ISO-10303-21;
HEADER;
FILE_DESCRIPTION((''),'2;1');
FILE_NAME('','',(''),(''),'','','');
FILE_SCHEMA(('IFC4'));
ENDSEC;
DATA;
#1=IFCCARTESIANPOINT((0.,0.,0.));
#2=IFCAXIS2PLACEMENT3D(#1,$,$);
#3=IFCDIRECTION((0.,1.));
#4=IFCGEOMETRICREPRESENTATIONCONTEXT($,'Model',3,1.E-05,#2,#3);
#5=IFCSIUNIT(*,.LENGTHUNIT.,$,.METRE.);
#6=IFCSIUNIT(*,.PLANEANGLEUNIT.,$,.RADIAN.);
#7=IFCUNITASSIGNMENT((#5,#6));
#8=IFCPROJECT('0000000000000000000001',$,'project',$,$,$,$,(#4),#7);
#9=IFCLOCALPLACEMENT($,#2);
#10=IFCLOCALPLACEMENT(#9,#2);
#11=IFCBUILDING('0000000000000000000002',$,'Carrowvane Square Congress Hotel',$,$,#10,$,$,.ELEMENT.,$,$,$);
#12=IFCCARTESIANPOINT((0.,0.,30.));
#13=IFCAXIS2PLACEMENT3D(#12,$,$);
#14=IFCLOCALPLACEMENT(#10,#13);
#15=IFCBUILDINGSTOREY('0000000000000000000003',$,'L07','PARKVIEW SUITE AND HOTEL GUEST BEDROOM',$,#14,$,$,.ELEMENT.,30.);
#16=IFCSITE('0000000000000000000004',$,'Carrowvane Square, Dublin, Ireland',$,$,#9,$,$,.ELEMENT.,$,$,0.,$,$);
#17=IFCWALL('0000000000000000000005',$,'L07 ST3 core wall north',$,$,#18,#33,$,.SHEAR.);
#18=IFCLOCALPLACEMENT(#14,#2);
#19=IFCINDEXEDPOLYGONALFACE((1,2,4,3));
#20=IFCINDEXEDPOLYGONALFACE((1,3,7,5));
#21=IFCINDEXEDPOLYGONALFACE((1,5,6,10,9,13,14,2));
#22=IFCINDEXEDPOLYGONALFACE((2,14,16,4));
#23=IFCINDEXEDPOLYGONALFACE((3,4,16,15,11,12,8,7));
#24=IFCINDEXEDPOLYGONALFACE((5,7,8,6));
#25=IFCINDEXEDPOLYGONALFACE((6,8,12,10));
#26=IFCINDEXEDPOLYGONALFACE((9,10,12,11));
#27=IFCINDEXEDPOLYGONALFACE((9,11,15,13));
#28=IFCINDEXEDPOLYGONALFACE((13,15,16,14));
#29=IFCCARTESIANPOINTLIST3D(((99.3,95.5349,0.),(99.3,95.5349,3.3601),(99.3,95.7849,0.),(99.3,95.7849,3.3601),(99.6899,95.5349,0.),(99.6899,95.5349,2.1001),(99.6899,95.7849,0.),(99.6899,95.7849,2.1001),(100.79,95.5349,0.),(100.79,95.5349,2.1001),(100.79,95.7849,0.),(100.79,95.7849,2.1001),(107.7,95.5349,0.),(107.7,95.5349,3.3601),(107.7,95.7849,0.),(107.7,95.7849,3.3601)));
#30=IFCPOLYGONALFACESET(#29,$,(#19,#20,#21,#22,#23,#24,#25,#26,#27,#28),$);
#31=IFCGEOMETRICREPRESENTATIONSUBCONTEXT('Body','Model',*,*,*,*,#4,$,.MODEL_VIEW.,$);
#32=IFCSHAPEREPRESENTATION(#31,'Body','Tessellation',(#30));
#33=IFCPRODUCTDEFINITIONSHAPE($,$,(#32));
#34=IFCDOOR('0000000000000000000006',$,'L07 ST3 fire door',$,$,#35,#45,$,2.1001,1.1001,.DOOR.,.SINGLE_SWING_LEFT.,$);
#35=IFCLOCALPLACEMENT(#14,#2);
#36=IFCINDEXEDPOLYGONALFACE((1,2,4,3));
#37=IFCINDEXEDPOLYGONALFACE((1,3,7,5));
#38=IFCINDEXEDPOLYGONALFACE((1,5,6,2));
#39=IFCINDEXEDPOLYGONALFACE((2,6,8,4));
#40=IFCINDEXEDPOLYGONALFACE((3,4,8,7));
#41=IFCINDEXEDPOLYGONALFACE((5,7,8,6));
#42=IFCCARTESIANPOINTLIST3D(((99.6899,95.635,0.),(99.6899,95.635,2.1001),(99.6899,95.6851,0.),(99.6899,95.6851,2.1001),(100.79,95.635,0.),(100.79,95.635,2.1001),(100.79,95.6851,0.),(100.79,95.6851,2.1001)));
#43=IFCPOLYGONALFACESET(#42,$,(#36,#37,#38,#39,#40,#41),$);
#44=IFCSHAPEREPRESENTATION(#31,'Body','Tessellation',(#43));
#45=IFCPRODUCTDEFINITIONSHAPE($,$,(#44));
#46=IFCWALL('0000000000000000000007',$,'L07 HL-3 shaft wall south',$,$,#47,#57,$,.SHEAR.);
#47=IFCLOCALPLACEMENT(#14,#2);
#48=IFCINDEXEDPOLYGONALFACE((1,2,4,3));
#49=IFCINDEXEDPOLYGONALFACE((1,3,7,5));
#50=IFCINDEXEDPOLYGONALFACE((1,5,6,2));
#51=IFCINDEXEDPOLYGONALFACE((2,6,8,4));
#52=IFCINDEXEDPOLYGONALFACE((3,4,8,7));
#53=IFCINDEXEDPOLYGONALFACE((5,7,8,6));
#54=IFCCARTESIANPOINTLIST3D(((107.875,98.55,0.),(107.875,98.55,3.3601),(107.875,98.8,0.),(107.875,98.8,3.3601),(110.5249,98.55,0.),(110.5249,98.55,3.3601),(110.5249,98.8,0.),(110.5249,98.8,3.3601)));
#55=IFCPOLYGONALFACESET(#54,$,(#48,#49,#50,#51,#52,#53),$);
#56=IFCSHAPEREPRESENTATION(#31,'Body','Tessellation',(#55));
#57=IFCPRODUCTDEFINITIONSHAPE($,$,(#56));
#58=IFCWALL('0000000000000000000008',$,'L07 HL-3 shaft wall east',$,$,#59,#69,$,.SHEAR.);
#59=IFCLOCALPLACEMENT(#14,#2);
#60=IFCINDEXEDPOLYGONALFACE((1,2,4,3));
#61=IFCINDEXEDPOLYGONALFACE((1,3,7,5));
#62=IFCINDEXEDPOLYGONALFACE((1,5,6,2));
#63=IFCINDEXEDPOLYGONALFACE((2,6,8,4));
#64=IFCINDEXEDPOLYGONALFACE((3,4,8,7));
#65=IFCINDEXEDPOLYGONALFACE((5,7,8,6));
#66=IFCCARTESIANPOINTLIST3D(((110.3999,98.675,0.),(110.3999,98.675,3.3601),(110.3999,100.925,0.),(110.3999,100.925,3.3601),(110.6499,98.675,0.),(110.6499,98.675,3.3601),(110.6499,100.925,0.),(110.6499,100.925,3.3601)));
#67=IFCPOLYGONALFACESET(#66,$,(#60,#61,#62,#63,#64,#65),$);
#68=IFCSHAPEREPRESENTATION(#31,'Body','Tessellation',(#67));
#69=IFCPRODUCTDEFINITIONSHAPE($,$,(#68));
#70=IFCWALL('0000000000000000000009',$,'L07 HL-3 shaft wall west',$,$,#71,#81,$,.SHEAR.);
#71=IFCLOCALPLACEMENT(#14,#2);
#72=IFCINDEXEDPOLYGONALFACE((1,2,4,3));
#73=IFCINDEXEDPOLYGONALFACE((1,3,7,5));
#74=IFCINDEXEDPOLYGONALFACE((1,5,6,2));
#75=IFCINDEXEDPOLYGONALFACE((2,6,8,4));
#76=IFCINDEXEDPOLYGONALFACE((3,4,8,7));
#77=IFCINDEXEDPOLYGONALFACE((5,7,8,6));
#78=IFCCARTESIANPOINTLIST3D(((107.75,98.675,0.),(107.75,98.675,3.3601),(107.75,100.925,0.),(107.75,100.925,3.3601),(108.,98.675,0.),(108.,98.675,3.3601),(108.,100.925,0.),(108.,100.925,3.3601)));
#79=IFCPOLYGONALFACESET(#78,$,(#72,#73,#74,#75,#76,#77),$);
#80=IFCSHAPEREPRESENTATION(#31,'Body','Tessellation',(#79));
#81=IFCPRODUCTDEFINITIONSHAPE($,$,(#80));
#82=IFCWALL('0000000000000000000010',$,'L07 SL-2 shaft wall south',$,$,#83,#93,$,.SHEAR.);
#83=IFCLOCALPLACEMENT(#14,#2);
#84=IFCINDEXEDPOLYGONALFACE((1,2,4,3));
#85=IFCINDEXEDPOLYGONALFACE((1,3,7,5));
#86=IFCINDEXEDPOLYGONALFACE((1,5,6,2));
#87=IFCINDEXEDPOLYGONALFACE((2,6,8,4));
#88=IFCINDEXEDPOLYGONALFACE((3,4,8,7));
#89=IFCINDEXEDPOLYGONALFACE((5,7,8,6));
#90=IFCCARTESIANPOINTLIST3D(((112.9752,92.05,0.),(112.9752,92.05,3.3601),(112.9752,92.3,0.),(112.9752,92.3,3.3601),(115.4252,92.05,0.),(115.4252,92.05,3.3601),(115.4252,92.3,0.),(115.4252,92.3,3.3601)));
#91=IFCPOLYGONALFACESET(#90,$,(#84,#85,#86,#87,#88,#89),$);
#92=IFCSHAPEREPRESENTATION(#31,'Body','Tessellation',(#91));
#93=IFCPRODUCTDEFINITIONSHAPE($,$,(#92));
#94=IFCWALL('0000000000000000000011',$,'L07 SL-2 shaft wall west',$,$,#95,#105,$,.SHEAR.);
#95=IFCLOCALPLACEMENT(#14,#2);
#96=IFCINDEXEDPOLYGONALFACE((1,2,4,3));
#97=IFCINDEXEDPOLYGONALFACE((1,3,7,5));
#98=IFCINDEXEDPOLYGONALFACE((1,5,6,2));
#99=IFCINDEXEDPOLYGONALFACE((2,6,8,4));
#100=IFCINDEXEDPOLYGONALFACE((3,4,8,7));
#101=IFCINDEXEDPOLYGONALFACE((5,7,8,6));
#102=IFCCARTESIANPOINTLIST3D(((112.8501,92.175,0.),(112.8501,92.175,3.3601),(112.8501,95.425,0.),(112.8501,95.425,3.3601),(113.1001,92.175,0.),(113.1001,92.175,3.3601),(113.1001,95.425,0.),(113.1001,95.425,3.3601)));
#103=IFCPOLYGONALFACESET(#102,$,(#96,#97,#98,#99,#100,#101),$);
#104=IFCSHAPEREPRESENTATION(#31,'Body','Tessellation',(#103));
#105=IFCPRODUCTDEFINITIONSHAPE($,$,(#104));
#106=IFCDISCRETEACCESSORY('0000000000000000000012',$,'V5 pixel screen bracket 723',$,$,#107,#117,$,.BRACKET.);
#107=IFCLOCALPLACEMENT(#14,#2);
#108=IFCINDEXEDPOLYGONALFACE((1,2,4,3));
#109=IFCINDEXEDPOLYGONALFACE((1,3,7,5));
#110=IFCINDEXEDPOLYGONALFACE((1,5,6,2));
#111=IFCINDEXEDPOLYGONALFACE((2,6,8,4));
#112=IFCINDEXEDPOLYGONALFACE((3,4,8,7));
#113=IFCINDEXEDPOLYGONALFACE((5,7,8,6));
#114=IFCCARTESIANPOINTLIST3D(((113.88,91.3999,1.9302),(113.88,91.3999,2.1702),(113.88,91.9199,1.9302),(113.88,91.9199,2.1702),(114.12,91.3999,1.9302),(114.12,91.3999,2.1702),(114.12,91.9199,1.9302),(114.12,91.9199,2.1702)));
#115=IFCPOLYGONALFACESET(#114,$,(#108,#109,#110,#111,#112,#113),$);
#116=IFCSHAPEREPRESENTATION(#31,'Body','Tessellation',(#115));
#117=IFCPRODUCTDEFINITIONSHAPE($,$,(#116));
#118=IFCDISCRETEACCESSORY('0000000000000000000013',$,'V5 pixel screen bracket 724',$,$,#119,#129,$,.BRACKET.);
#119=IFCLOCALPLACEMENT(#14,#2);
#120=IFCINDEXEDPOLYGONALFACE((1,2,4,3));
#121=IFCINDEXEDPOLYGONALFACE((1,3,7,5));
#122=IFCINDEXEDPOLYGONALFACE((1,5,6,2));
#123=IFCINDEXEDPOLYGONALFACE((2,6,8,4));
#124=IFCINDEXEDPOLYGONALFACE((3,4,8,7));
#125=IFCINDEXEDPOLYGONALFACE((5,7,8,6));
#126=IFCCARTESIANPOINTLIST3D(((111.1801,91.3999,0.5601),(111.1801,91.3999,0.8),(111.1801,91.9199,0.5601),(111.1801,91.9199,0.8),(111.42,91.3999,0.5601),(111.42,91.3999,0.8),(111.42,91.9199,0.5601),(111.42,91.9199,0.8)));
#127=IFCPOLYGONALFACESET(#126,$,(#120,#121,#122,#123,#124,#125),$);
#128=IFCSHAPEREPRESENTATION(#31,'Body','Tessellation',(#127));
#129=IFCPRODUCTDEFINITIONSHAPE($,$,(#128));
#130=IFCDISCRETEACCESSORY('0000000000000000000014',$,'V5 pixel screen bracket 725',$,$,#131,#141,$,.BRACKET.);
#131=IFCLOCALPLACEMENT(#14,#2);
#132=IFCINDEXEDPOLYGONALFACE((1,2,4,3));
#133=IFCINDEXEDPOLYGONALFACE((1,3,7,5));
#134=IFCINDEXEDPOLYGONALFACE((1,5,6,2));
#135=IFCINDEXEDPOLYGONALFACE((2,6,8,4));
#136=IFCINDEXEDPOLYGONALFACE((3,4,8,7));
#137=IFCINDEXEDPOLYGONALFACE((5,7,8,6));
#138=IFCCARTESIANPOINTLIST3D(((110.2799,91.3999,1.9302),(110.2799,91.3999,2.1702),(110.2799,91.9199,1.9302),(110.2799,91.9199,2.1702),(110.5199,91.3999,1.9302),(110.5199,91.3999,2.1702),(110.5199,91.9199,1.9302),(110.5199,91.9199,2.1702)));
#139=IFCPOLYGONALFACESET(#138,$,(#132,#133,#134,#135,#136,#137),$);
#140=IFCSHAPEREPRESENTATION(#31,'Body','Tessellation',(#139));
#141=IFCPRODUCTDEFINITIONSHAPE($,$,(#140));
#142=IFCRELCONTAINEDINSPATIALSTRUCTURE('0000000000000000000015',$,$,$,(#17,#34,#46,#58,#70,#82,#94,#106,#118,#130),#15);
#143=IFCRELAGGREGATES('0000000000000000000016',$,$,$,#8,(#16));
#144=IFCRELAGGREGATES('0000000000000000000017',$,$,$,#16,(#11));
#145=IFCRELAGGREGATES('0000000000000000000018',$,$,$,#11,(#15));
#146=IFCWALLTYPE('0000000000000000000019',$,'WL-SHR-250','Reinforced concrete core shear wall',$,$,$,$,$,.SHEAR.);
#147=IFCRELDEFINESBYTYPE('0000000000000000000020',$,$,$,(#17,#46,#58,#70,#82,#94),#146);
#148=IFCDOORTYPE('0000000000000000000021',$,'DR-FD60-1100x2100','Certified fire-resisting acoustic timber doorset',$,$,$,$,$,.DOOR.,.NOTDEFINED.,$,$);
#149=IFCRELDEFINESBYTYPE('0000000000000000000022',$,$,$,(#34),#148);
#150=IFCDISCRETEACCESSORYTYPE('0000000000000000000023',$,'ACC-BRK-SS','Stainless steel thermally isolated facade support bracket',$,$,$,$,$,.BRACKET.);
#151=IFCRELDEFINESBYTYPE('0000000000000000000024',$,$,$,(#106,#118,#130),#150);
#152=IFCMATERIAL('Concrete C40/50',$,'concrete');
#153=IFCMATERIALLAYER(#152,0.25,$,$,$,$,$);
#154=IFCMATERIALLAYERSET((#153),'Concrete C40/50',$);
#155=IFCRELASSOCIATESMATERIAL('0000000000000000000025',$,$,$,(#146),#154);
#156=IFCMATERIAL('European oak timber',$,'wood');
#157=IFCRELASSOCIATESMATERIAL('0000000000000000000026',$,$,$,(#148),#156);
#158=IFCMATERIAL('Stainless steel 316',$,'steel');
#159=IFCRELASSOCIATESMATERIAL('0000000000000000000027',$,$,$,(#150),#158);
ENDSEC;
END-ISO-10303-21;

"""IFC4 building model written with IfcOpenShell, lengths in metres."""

from ifc_helpers import new_model, si_unit, direction, frame, frame_2d, origin, origin_2d, place, context, subcontext, project, spatial, rectangle, extrude, material, layer, layer_set, type_object, element, fill, save


model = new_model("IFC4")

# Units and contexts
model_context = context("Model", 3, precision=1e-05, world=origin(), true_north=direction((0.0, 1.0)))
body_context = subcontext(model_context, "Body", "Model", "MODEL_VIEW")
ifc_project = project(units=[si_unit("LENGTHUNIT", "METRE"), si_unit("PLANEANGLEUNIT", "RADIAN")], contexts=[model_context])

# Site, building, storey
site_placement = place(None, origin())
site = spatial("IfcSite", under=ifc_project, at=site_placement, Name="Carrowvane Square, Dublin, Ireland", CompositionType="ELEMENT", RefElevation=0.0)
building_placement = place(site_placement, origin())
building = spatial("IfcBuilding", under=site, at=building_placement, Name="Carrowvane Square Congress Hotel", CompositionType="ELEMENT")
storey_placement = place(building_placement, frame((0.0, 0.0, 30.0)))
storey = spatial("IfcBuildingStorey", under=building, at=storey_placement, Name="L07", Description="PARKVIEW SUITE AND HOTEL GUEST BEDROOM", CompositionType="ELEMENT", Elevation=30.0)

# Wall, opening, door
ifc_material_1 = material(Name="Concrete C40/50", Category="concrete")
ifc_layer_1 = layer(ifc_material_1, 0.25)
ifc_layer_set_1 = layer_set([ifc_layer_1], Name="Concrete C40/50")
wall_type_1 = type_object("IfcWallType", Name="WL-SHR-250", Description="Reinforced concrete core shear wall", PredefinedType="SHEAR", material=ifc_layer_set_1)
wall_1_placement = place(storey_placement, frame((107.7, 95.6599, 0.0), z_axis=(0.0, 0.0, 1.0), x_axis=(-1.0, 0.0, 0.0)))
wall_1 = element("IfcWall", 1, at=wall_1_placement, inside=storey, type_object=wall_type_1, Name="L07 ST3 core wall north", PredefinedType="SHEAR", context=body_context, shape_type="SweptSolid", body=[
    extrude(rectangle(XDim=8.3999, YDim=0.25, at=frame_2d((4.2, 0.0))), origin(), (0.0, 0.0, 1.0), 3.3601),
])
opening_1_placement = place(wall_1_placement, frame((6.9099, 0.0, 0.0)))
opening_1 = element("IfcOpeningElement", 2, at=opening_1_placement, cuts=wall_1, PredefinedType="OPENING", context=body_context, shape_type="SweptSolid", body=[
    extrude(rectangle(XDim=1.1001, YDim=2.1001, at=frame_2d((0.55, 1.05))), frame((0.0, 0.135, 0.0), z_axis=(0.0, -1.0, 0.0), x_axis=(1.0, 0.0, 0.0)), (0.0, 0.0, 1.0), 0.27),
])
ifc_material_2 = material(Name="European oak timber", Category="wood")
door_type_1 = type_object("IfcDoorType", Name="DR-FD60-1100x2100", Description="Certified fire-resisting acoustic timber doorset", OperationType="NOTDEFINED", PredefinedType="DOOR", material=ifc_material_2)
door_1_placement = place(opening_1_placement, origin())
door_1 = element("IfcDoor", 3, at=door_1_placement, inside=storey, type_object=door_type_1, Name="L07 ST3 fire door", OperationType="SINGLE_SWING_LEFT", OverallHeight=2.1001, OverallWidth=1.1001, PredefinedType="DOOR", context=body_context, shape_type="SweptSolid", body=[
    extrude(rectangle(XDim=1.1001, YDim=2.1001, at=frame_2d((0.55, 1.05))), frame((0.0, 0.0249, 0.0), z_axis=(0.0, -1.0, 0.0), x_axis=(1.0, 0.0, 0.0)), (0.0, 0.0, 1.0), 0.05),
])
fill(opening_1, door_1)

# Walls
wall_2_placement = place(storey_placement, frame((107.875, 98.675, 0.0), z_axis=(0.0, 0.0, 1.0), x_axis=(1.0, 0.0, 0.0)))
element("IfcWall", 4, at=wall_2_placement, inside=storey, type_object=wall_type_1, Name="L07 HL-3 shaft wall south", PredefinedType="SHEAR", context=body_context, shape_type="SweptSolid", body=[
    extrude(rectangle(XDim=2.6499, YDim=0.25, at=frame_2d((1.325, 0.0))), origin(), (0.0, 0.0, 1.0), 3.3601),
])
wall_3_placement = place(storey_placement, frame((110.5249, 98.675, 0.0), z_axis=(0.0, 0.0, 1.0), x_axis=(0.0, 1.0, 0.0)))
element("IfcWall", 5, at=wall_3_placement, inside=storey, type_object=wall_type_1, Name="L07 HL-3 shaft wall east", PredefinedType="SHEAR", context=body_context, shape_type="SweptSolid", body=[
    extrude(rectangle(XDim=2.25, YDim=0.25, at=frame_2d((1.125, 0.0))), origin(), (0.0, 0.0, 1.0), 3.3601),
])

# Walls
wall_4_placement = place(storey_placement, frame((107.875, 100.925, 0.0), z_axis=(0.0, 0.0, 1.0), x_axis=(0.0, -1.0, 0.0)))
element("IfcWall", 6, at=wall_4_placement, inside=storey, type_object=wall_type_1, Name="L07 HL-3 shaft wall west", PredefinedType="SHEAR", context=body_context, shape_type="SweptSolid", body=[
    extrude(rectangle(XDim=2.25, YDim=0.25, at=frame_2d((1.125, 0.0))), origin(), (0.0, 0.0, 1.0), 3.3601),
])
wall_5_placement = place(storey_placement, frame((112.9751, 92.175, 0.0), z_axis=(0.0, 0.0, 1.0), x_axis=(1.0, 0.0, 0.0)))
element("IfcWall", 7, at=wall_5_placement, inside=storey, type_object=wall_type_1, Name="L07 SL-2 shaft wall south", PredefinedType="SHEAR", context=body_context, shape_type="SweptSolid", body=[
    extrude(rectangle(XDim=2.45, YDim=0.25, at=frame_2d((1.2251, 0.0))), origin(), (0.0, 0.0, 1.0), 3.3601),
])
wall_6_placement = place(storey_placement, frame((112.9751, 95.425, 0.0), z_axis=(0.0, 0.0, 1.0), x_axis=(0.0, -1.0, 0.0)))
element("IfcWall", 8, at=wall_6_placement, inside=storey, type_object=wall_type_1, Name="L07 SL-2 shaft wall west", PredefinedType="SHEAR", context=body_context, shape_type="SweptSolid", body=[
    extrude(rectangle(XDim=3.25, YDim=0.25, at=frame_2d((1.625, 0.0))), origin(), (0.0, 0.0, 1.0), 3.3601),
])

# Discrete accessories
ifc_material_3 = material(Name="Stainless steel 316", Category="steel")
discrete_accessory_type = type_object("IfcDiscreteAccessoryType", Name="ACC-BRK-SS", Description="Stainless steel thermally isolated facade support bracket", PredefinedType="BRACKET", material=ifc_material_3)
for number, where, z_axis, x_axis, name in (
    (9, (114.0, 91.6599, 1.9302), (0.0, 0.0, 1.0), (-1.0, 0.0, 0.0), "V5 pixel screen bracket 723"),
    (10, (111.3, 91.6599, 0.5601), (0.0, 0.0, 1.0), (-1.0, 0.0, 0.0), "V5 pixel screen bracket 724"),
    (11, (110.3999, 91.6599, 1.9302), (0.0, 0.0, 1.0), (-1.0, 0.0, 0.0), "V5 pixel screen bracket 725"),
):
    element("IfcDiscreteAccessory", number, at=place(storey_placement, frame(where, z_axis=z_axis, x_axis=x_axis)), inside=storey, type_object=discrete_accessory_type, Name=name, PredefinedType="BRACKET", context=body_context, shape_type="SweptSolid", body=[
        extrude(rectangle(XDim=0.24, YDim=0.52, at=origin_2d()), origin(), (0.0, 0.0, 1.0), 0.24),
    ])

save(model, "model.ifc")
